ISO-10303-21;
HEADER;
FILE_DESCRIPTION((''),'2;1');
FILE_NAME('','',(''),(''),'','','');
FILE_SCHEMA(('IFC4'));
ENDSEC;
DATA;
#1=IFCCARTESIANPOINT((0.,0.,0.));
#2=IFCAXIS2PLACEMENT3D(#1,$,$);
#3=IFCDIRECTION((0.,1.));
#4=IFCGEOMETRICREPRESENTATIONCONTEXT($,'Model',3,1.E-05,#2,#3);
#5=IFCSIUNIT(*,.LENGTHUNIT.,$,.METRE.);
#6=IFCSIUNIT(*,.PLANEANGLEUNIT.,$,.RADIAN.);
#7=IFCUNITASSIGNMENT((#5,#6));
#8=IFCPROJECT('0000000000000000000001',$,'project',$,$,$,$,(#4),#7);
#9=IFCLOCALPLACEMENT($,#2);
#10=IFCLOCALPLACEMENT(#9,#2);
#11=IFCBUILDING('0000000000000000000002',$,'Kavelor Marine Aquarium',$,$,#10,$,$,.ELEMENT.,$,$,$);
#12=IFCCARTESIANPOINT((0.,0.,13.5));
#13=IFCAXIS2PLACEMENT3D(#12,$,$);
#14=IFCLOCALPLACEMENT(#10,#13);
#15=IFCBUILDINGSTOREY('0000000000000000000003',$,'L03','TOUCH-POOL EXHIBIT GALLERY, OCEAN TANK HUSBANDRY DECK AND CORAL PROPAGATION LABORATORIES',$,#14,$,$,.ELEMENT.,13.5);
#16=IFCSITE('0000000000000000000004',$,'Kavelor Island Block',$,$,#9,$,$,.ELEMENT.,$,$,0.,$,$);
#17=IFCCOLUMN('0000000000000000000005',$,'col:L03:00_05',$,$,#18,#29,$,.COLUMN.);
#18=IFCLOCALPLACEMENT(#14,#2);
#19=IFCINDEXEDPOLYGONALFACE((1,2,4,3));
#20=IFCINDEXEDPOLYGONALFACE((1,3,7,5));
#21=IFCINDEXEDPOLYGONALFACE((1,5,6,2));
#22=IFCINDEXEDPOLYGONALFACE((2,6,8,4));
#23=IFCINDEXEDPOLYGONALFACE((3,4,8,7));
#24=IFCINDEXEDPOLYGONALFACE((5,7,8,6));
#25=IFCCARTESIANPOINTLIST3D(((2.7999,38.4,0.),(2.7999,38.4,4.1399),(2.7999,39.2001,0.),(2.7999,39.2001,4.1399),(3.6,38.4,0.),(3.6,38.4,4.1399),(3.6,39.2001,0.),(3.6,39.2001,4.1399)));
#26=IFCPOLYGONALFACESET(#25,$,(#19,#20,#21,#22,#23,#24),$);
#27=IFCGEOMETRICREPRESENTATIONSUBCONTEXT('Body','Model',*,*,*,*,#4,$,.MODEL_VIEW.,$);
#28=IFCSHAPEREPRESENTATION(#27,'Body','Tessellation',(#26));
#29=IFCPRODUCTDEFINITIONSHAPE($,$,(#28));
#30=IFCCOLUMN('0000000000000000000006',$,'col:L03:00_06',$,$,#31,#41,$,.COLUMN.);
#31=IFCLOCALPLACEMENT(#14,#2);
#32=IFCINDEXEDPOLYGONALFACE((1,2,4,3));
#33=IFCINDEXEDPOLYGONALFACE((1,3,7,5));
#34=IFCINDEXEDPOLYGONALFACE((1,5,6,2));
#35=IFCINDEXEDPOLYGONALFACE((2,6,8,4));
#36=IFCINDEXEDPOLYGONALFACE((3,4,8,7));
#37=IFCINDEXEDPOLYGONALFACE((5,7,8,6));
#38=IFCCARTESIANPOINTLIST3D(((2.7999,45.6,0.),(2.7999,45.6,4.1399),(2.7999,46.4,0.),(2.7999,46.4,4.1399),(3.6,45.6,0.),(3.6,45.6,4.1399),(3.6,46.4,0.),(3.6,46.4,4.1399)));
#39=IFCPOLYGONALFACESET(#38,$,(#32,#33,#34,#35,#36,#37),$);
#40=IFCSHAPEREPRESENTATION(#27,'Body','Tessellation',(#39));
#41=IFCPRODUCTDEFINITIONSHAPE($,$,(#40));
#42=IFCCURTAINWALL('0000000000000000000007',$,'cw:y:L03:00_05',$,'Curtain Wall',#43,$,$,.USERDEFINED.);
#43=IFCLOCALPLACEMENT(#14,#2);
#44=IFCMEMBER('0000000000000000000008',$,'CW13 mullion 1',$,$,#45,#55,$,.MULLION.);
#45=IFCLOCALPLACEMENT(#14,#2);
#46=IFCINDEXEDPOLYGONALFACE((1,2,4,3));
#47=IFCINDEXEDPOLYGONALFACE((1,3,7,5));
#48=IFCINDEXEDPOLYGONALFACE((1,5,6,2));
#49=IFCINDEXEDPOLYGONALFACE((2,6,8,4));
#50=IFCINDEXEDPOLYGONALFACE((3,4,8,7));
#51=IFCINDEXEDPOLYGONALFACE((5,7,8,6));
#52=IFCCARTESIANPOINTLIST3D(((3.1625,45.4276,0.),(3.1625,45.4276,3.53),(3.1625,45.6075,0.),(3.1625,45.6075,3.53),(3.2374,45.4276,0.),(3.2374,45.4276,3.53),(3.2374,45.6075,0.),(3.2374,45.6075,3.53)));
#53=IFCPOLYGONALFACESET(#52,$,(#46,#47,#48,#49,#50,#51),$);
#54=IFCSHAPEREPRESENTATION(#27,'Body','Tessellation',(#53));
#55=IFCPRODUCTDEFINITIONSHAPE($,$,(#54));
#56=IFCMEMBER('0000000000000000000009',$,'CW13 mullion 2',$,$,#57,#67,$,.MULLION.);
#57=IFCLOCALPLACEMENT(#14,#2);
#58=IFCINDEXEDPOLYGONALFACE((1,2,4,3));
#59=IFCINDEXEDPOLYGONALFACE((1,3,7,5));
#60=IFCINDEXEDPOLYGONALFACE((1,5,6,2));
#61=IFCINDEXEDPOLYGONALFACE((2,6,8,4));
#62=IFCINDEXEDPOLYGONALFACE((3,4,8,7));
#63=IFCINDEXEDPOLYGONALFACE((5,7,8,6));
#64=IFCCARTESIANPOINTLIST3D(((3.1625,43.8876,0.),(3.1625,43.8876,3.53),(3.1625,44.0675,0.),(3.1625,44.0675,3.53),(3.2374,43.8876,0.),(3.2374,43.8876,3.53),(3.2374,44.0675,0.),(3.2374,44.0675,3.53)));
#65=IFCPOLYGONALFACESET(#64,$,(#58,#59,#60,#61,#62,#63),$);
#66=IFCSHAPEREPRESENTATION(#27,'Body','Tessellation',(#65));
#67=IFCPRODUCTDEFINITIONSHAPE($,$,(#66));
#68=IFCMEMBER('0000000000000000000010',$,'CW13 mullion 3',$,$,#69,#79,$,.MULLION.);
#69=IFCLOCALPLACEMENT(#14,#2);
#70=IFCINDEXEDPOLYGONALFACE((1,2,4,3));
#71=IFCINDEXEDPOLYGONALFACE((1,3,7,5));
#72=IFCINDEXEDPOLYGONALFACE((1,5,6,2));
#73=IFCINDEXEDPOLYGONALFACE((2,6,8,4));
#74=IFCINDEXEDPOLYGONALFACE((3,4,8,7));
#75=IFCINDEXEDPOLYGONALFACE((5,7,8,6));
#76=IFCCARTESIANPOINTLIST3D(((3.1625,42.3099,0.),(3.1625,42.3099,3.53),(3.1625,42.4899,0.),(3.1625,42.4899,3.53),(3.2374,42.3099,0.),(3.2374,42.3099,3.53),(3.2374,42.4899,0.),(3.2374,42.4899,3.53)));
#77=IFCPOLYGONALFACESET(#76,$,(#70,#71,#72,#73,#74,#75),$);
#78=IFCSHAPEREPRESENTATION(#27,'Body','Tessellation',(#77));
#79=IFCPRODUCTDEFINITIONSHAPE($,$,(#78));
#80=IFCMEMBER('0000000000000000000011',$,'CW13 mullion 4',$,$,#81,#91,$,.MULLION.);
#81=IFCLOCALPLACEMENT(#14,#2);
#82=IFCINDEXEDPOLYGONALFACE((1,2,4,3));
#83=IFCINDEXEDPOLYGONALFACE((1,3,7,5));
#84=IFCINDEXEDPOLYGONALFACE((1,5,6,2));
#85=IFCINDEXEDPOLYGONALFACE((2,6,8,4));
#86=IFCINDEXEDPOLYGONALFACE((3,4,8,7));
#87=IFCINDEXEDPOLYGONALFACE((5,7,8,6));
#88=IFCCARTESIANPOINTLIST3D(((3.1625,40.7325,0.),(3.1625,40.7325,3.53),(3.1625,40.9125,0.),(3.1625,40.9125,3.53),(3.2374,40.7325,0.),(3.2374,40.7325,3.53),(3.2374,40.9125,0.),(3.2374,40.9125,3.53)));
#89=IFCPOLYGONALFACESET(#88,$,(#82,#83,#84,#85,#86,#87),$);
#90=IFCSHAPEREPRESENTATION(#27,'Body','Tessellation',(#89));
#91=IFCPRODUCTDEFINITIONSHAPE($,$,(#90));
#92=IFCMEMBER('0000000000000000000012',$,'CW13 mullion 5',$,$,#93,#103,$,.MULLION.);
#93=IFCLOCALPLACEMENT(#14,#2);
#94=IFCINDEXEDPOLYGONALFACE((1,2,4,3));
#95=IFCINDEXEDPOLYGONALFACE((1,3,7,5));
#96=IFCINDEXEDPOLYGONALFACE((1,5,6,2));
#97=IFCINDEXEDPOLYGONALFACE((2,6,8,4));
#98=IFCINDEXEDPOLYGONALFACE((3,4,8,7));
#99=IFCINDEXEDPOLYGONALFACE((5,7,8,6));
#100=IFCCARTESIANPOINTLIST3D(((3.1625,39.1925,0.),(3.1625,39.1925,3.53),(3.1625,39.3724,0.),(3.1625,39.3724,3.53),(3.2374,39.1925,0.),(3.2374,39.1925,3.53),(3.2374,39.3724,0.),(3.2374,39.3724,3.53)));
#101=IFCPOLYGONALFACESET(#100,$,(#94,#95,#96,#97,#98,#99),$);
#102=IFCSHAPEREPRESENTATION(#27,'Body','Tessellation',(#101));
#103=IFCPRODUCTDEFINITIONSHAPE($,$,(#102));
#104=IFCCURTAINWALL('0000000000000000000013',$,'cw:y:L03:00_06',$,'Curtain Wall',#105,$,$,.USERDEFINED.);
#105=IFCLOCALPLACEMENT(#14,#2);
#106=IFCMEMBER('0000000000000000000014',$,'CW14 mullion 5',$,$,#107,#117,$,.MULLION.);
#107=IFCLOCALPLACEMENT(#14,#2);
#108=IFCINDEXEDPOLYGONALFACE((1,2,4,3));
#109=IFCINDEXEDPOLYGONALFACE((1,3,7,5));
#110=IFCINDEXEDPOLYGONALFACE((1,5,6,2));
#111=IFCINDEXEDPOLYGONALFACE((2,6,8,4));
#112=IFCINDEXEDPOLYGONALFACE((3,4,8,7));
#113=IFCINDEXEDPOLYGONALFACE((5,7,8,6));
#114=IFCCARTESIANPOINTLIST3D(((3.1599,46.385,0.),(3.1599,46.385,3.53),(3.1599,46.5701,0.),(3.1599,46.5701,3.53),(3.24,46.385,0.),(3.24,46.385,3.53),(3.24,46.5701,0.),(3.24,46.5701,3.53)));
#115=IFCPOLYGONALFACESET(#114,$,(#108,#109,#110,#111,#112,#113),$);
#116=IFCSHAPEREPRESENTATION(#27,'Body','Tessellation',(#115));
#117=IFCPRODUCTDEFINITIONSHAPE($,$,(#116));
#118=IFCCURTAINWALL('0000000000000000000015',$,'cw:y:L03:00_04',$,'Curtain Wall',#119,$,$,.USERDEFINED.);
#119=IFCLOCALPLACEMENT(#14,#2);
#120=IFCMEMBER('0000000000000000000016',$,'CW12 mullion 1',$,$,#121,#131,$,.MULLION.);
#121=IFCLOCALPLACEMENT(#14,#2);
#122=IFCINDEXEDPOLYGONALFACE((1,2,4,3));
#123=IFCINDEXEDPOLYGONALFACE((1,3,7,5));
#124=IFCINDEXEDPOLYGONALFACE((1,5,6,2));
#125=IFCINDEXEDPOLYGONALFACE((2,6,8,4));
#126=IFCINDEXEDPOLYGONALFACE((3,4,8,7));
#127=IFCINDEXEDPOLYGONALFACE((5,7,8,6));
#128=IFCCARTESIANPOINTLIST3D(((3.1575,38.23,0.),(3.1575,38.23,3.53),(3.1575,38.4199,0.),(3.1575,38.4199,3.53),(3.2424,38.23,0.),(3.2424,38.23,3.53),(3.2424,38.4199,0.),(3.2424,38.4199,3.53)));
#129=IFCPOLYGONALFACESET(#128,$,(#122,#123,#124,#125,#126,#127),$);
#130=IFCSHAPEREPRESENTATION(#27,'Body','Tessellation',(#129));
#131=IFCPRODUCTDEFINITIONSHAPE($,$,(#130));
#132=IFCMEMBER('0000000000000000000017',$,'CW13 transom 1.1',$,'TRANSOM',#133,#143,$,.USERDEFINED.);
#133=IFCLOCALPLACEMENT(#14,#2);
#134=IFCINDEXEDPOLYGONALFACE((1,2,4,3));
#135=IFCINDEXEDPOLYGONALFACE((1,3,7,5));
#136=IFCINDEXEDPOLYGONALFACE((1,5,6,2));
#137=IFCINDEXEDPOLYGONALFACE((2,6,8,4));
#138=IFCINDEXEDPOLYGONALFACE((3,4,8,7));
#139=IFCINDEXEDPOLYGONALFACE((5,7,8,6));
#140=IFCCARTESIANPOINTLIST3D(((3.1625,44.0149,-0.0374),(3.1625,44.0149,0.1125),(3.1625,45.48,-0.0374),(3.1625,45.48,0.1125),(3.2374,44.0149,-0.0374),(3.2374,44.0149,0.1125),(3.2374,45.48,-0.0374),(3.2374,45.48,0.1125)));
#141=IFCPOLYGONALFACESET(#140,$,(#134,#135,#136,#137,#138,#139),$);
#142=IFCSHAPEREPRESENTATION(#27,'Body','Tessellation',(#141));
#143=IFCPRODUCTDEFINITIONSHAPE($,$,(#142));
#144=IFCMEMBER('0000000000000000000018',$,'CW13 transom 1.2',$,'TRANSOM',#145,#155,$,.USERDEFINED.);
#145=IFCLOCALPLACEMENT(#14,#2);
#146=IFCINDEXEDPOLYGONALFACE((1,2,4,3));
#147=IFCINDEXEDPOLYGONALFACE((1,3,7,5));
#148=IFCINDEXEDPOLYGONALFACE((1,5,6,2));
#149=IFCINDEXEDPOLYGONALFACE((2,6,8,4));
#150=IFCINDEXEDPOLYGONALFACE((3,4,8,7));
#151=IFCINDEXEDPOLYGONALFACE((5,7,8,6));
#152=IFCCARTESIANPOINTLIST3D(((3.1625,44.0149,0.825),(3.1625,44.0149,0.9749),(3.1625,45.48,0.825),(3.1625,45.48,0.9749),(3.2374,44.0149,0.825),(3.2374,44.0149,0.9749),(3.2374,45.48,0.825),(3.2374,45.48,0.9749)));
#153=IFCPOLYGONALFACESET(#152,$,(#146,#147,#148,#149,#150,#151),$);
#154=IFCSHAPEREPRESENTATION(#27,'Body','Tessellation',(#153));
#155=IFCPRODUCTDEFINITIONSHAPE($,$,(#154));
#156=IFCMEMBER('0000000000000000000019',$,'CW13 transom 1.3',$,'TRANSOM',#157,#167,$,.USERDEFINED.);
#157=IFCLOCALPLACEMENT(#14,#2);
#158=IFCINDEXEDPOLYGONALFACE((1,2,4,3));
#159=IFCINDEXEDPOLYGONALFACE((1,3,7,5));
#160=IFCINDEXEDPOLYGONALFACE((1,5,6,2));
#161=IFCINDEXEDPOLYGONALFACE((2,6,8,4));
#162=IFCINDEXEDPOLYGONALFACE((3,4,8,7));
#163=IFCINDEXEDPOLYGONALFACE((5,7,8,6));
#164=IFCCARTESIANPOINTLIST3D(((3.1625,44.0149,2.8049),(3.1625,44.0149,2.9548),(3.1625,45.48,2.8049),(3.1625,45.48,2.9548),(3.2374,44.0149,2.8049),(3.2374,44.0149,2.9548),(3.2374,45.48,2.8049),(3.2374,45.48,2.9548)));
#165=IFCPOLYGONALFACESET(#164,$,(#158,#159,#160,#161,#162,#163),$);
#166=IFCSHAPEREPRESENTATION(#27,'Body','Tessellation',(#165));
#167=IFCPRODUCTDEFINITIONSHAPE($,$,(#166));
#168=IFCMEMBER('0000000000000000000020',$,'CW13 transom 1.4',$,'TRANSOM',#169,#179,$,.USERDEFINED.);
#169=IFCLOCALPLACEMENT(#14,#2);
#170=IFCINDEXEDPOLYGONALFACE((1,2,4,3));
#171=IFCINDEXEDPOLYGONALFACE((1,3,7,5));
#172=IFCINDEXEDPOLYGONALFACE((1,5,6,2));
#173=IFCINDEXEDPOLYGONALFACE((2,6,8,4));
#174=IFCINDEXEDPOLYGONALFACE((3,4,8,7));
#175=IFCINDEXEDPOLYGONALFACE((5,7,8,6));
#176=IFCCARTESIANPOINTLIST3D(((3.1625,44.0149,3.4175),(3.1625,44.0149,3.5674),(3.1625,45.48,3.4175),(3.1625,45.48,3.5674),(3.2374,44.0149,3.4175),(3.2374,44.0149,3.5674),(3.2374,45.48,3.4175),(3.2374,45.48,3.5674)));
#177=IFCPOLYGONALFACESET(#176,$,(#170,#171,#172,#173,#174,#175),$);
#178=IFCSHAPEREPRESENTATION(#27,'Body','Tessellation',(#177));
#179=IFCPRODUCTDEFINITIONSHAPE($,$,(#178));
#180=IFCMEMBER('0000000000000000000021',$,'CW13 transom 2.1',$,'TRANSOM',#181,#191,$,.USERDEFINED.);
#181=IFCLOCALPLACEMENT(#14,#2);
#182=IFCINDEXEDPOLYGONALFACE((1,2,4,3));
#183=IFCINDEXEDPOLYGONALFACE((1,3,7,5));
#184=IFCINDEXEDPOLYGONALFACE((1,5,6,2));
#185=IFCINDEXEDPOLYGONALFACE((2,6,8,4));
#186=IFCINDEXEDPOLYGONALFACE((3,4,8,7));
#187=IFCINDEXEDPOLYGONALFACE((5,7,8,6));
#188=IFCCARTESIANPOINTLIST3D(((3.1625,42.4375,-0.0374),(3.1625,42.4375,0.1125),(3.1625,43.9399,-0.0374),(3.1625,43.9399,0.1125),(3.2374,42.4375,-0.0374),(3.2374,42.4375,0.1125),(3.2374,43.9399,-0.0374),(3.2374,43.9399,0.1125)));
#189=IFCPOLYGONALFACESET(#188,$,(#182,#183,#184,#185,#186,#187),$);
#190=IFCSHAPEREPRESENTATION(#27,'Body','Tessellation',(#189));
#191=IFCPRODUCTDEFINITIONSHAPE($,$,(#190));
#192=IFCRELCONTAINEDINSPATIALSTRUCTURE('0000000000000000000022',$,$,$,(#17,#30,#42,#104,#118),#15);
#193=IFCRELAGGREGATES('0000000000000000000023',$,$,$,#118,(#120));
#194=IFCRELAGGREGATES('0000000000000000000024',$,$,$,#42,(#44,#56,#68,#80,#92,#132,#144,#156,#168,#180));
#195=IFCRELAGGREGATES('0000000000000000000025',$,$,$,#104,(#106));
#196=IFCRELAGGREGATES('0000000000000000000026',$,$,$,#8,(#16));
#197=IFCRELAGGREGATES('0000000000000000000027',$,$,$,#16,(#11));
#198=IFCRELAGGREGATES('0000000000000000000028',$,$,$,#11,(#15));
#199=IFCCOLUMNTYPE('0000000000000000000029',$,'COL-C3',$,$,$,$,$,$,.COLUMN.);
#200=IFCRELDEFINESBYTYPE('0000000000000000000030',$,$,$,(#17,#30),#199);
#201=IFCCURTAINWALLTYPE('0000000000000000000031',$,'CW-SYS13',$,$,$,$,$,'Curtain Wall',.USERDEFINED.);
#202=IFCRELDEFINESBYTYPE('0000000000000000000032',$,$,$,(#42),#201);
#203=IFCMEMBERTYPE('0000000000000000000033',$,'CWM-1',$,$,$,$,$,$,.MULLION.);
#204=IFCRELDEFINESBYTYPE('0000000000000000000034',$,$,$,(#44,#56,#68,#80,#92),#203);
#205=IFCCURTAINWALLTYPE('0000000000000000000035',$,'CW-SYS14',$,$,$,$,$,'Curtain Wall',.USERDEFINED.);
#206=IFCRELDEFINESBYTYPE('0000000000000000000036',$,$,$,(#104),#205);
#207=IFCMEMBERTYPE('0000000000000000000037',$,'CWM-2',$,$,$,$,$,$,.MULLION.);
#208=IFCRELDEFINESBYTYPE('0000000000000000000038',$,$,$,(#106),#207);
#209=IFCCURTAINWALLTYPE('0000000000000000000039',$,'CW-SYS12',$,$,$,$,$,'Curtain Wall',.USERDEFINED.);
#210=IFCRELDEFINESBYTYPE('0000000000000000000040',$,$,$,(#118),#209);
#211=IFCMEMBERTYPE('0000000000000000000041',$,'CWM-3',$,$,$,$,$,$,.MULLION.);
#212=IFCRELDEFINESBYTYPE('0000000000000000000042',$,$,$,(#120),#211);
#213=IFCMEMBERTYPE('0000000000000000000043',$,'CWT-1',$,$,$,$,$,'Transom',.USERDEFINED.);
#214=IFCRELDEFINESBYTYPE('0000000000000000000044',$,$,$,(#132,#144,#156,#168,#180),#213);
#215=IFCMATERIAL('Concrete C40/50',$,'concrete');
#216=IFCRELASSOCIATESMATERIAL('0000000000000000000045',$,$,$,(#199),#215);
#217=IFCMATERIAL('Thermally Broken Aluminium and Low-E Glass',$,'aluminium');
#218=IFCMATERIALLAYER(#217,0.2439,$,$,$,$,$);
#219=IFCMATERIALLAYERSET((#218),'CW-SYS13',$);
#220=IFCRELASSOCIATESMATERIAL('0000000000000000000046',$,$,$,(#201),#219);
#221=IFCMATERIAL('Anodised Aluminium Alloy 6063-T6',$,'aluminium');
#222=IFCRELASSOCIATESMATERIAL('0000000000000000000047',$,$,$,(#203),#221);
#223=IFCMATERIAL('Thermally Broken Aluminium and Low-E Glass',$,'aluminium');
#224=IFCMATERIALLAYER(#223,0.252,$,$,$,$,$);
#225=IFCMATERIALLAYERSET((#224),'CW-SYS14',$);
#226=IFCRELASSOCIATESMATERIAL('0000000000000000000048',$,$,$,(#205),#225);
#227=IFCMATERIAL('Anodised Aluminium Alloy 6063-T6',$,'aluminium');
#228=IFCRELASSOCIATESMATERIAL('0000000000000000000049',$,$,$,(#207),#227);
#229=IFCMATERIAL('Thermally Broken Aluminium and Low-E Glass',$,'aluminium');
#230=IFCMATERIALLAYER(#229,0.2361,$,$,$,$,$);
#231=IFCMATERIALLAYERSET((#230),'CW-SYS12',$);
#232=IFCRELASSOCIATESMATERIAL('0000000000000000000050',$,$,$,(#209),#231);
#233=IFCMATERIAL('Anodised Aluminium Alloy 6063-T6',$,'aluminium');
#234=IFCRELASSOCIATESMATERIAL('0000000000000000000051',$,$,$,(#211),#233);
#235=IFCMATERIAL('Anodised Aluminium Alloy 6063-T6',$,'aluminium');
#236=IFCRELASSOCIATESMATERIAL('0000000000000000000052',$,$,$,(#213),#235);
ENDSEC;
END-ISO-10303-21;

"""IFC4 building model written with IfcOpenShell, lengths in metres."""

from ifc_helpers import new_model, si_unit, direction, frame, origin, origin_2d, place, context, subcontext, project, spatial, rectangle, extrude, material, layer, layer_set, material_profile, profile_set, type_object, element, aggregate, save


model = new_model("IFC4")

# Units and contexts
model_context = context("Model", 3, precision=1e-05, world=origin(), true_north=direction((0.0, 1.0)))
body_context = subcontext(model_context, "Body", "Model", "MODEL_VIEW")
ifc_project = project(units=[si_unit("LENGTHUNIT", "METRE"), si_unit("PLANEANGLEUNIT", "RADIAN")], contexts=[model_context])

# Site, building, storey
site_placement = place(None, origin())
site = spatial("IfcSite", under=ifc_project, at=site_placement, Name="Kavelor Island Block", CompositionType="ELEMENT", RefElevation=0.0)
building_placement = place(site_placement, origin())
building = spatial("IfcBuilding", under=site, at=building_placement, Name="Kavelor Marine Aquarium", CompositionType="ELEMENT")
storey_placement = place(building_placement, frame((0.0, 0.0, 13.5)))
storey = spatial("IfcBuildingStorey", under=building, at=storey_placement, Name="L03", Description="TOUCH-POOL EXHIBIT GALLERY, OCEAN TANK HUSBANDRY DECK AND CORAL PROPAGATION LABORATORIES", CompositionType="ELEMENT", Elevation=13.5)

# Columns
ifc_material_1 = material(Name="Concrete C40/50", Category="concrete")
ifc_material_profile_1 = material_profile(ifc_material_1, rectangle(XDim=0.8, YDim=0.8, at=origin_2d()), Name="RC-COL 800x800")
ifc_profile_set_1 = profile_set([ifc_material_profile_1], Name="Concrete C40/50")
column_type = type_object("IfcColumnType", Name="COL-C3", PredefinedType="COLUMN", material=ifc_profile_set_1)
for number, where, z_axis, x_axis, name in (
    (1, (3.2, 38.8, 0.0), (0.0, 0.0, 1.0), (1.0, 0.0, 0.0), "col:L03:00_05"),
    (2, (3.2, 46.0, 0.0), (0.0, 0.0, 1.0), (1.0, 0.0, 0.0), "col:L03:00_06"),
):
    element("IfcColumn", number, at=place(storey_placement, frame(where, z_axis=z_axis, x_axis=x_axis)), inside=storey, type_object=column_type, Name=name, PredefinedType="COLUMN", context=body_context, shape_type="SweptSolid", body=[
        extrude(rectangle(XDim=0.8, YDim=0.8, at=origin_2d()), origin(), (0.0, 0.0, 1.0), 4.1399),
    ])

# Curtain wall, members
ifc_material_2 = material(Name="Thermally Broken Aluminium and Low-E Glass", Category="aluminium")
ifc_layer_1 = layer(ifc_material_2, 0.2439)
ifc_layer_set_1 = layer_set([ifc_layer_1], Name="CW-SYS13")
curtain_wall_type_1 = type_object("IfcCurtainWallType", Name="CW-SYS13", ElementType="Curtain Wall", PredefinedType="USERDEFINED", material=ifc_layer_set_1)
curtain_wall_1_placement = place(storey_placement, origin())
curtain_wall_1 = element("IfcCurtainWall", 3, at=curtain_wall_1_placement, inside=storey, type_object=curtain_wall_type_1, Name="cw:y:L03:00_05", ObjectType="Curtain Wall", PredefinedType="USERDEFINED")
ifc_material_3 = material(Name="Anodised Aluminium Alloy 6063-T6", Category="aluminium")
ifc_material_profile_2 = material_profile(ifc_material_3, rectangle(XDim=0.075, YDim=0.1799, at=origin_2d()), Name="CW-MUL 75x180")
ifc_profile_set_2 = profile_set([ifc_material_profile_2], Name="Anodised Aluminium Alloy 6063-T6")
member_type_1 = type_object("IfcMemberType", Name="CWM-1", PredefinedType="MULLION", material=ifc_profile_set_2)
member_1_placement = place(storey_placement, frame((3.2, 45.5176, 0.0), z_axis=(0.0, 0.0, 1.0), x_axis=(1.0, 0.0, 0.0)))
member_1 = element("IfcMember", 4, at=member_1_placement, type_object=member_type_1, Name="CW13 mullion 1", PredefinedType="MULLION", context=body_context, shape_type="SweptSolid", body=[
    extrude(rectangle(XDim=0.075, YDim=0.1799, at=origin_2d()), origin(), (0.0, 0.0, 1.0), 3.53),
])
member_2_placement = place(storey_placement, frame((3.2, 43.9775, 0.0), z_axis=(0.0, 0.0, 1.0), x_axis=(1.0, 0.0, 0.0)))
member_2 = element("IfcMember", 5, at=member_2_placement, type_object=member_type_1, Name="CW13 mullion 2", PredefinedType="MULLION", context=body_context, shape_type="SweptSolid", body=[
    extrude(rectangle(XDim=0.075, YDim=0.1799, at=origin_2d()), origin(), (0.0, 0.0, 1.0), 3.53),
])
member_3_placement = place(storey_placement, frame((3.2, 42.3999, 0.0), z_axis=(0.0, 0.0, 1.0), x_axis=(1.0, 0.0, 0.0)))
member_3 = element("IfcMember", 6, at=member_3_placement, type_object=member_type_1, Name="CW13 mullion 3", PredefinedType="MULLION", context=body_context, shape_type="SweptSolid", body=[
    extrude(rectangle(XDim=0.075, YDim=0.1799, at=origin_2d()), origin(), (0.0, 0.0, 1.0), 3.53),
])
member_4_placement = place(storey_placement, frame((3.2, 40.8225, 0.0), z_axis=(0.0, 0.0, 1.0), x_axis=(1.0, 0.0, 0.0)))
member_4 = element("IfcMember", 7, at=member_4_placement, type_object=member_type_1, Name="CW13 mullion 4", PredefinedType="MULLION", context=body_context, shape_type="SweptSolid", body=[
    extrude(rectangle(XDim=0.075, YDim=0.1799, at=origin_2d()), origin(), (0.0, 0.0, 1.0), 3.53),
])
member_5_placement = place(storey_placement, frame((3.2, 39.2825, 0.0), z_axis=(0.0, 0.0, 1.0), x_axis=(1.0, 0.0, 0.0)))
member_5 = element("IfcMember", 8, at=member_5_placement, type_object=member_type_1, Name="CW13 mullion 5", PredefinedType="MULLION", context=body_context, shape_type="SweptSolid", body=[
    extrude(rectangle(XDim=0.075, YDim=0.1799, at=origin_2d()), origin(), (0.0, 0.0, 1.0), 3.53),
])

# Curtain walls, members
ifc_material_4 = material(Name="Thermally Broken Aluminium and Low-E Glass", Category="aluminium")
ifc_layer_2 = layer(ifc_material_4, 0.252)
ifc_layer_set_2 = layer_set([ifc_layer_2], Name="CW-SYS14")
curtain_wall_type_2 = type_object("IfcCurtainWallType", Name="CW-SYS14", ElementType="Curtain Wall", PredefinedType="USERDEFINED", material=ifc_layer_set_2)
curtain_wall_2_placement = place(storey_placement, origin())
curtain_wall_2 = element("IfcCurtainWall", 9, at=curtain_wall_2_placement, inside=storey, type_object=curtain_wall_type_2, Name="cw:y:L03:00_06", ObjectType="Curtain Wall", PredefinedType="USERDEFINED")
ifc_material_5 = material(Name="Anodised Aluminium Alloy 6063-T6", Category="aluminium")
ifc_material_profile_3 = material_profile(ifc_material_5, rectangle(XDim=0.0801, YDim=0.1851, at=origin_2d()), Name="CW-MUL 80x185")
ifc_profile_set_3 = profile_set([ifc_material_profile_3], Name="Anodised Aluminium Alloy 6063-T6")
member_type_2 = type_object("IfcMemberType", Name="CWM-2", PredefinedType="MULLION", material=ifc_profile_set_3)
member_6_placement = place(storey_placement, frame((3.2, 46.4775, 0.0), z_axis=(0.0, 0.0, 1.0), x_axis=(1.0, 0.0, 0.0)))
member_6 = element("IfcMember", 10, at=member_6_placement, type_object=member_type_2, Name="CW14 mullion 5", PredefinedType="MULLION", context=body_context, shape_type="SweptSolid", body=[
    extrude(rectangle(XDim=0.0801, YDim=0.1851, at=origin_2d()), origin(), (0.0, 0.0, 1.0), 3.53),
])
ifc_material_6 = material(Name="Thermally Broken Aluminium and Low-E Glass", Category="aluminium")
ifc_layer_3 = layer(ifc_material_6, 0.2361)
ifc_layer_set_3 = layer_set([ifc_layer_3], Name="CW-SYS12")
curtain_wall_type_3 = type_object("IfcCurtainWallType", Name="CW-SYS12", ElementType="Curtain Wall", PredefinedType="USERDEFINED", material=ifc_layer_set_3)
curtain_wall_3_placement = place(storey_placement, origin())
curtain_wall_3 = element("IfcCurtainWall", 11, at=curtain_wall_3_placement, inside=storey, type_object=curtain_wall_type_3, Name="cw:y:L03:00_04", ObjectType="Curtain Wall", PredefinedType="USERDEFINED")
ifc_material_7 = material(Name="Anodised Aluminium Alloy 6063-T6", Category="aluminium")
ifc_material_profile_4 = material_profile(ifc_material_7, rectangle(XDim=0.085, YDim=0.1899, at=origin_2d()), Name="CW-MUL 85x190")
ifc_profile_set_4 = profile_set([ifc_material_profile_4], Name="Anodised Aluminium Alloy 6063-T6")
member_type_3 = type_object("IfcMemberType", Name="CWM-3", PredefinedType="MULLION", material=ifc_profile_set_4)
member_7_placement = place(storey_placement, frame((3.2, 38.325, 0.0), z_axis=(0.0, 0.0, 1.0), x_axis=(1.0, 0.0, 0.0)))
member_7 = element("IfcMember", 12, at=member_7_placement, type_object=member_type_3, Name="CW12 mullion 1", PredefinedType="MULLION", context=body_context, shape_type="SweptSolid", body=[
    extrude(rectangle(XDim=0.085, YDim=0.1899, at=origin_2d()), origin(), (0.0, 0.0, 1.0), 3.53),
])
aggregate(curtain_wall_3, [member_7])

# Members
ifc_material_8 = material(Name="Anodised Aluminium Alloy 6063-T6", Category="aluminium")
ifc_material_profile_5 = material_profile(ifc_material_8, rectangle(XDim=0.075, YDim=0.1499, at=origin_2d()), Name="CW-TRN 75x150")
ifc_profile_set_5 = profile_set([ifc_material_profile_5], Name="Anodised Aluminium Alloy 6063-T6")
member_type_4 = type_object("IfcMemberType", Name="CWT-1", ElementType="Transom", PredefinedType="USERDEFINED", material=ifc_profile_set_5)
member_8_placement = place(storey_placement, frame((3.2, 45.48, 0.0376), z_axis=(0.0, -1.0, 0.0), x_axis=(1.0, 0.0, 0.0)))
member_8 = element("IfcMember", 13, at=member_8_placement, type_object=member_type_4, Name="CW13 transom 1.1", ObjectType="TRANSOM", PredefinedType="USERDEFINED", context=body_context, shape_type="SweptSolid", body=[
    extrude(rectangle(XDim=0.075, YDim=0.1499, at=origin_2d()), origin(), (0.0, 0.0, 1.0), 1.4651),
])
member_9_placement = place(storey_placement, frame((3.2, 45.48, 0.8999), z_axis=(0.0, -1.0, 0.0), x_axis=(1.0, 0.0, 0.0)))
member_9 = element("IfcMember", 14, at=member_9_placement, type_object=member_type_4, Name="CW13 transom 1.2", ObjectType="TRANSOM", PredefinedType="USERDEFINED", context=body_context, shape_type="SweptSolid", body=[
    extrude(rectangle(XDim=0.075, YDim=0.1499, at=origin_2d()), origin(), (0.0, 0.0, 1.0), 1.4651),
])
member_10_placement = place(storey_placement, frame((3.2, 45.48, 2.8799), z_axis=(0.0, -1.0, 0.0), x_axis=(1.0, 0.0, 0.0)))
member_10 = element("IfcMember", 15, at=member_10_placement, type_object=member_type_4, Name="CW13 transom 1.3", ObjectType="TRANSOM", PredefinedType="USERDEFINED", context=body_context, shape_type="SweptSolid", body=[
    extrude(rectangle(XDim=0.075, YDim=0.1499, at=origin_2d()), origin(), (0.0, 0.0, 1.0), 1.4651),
])
member_11_placement = place(storey_placement, frame((3.2, 45.48, 3.4924), z_axis=(0.0, -1.0, 0.0), x_axis=(1.0, 0.0, 0.0)))
member_11 = element("IfcMember", 16, at=member_11_placement, type_object=member_type_4, Name="CW13 transom 1.4", ObjectType="TRANSOM", PredefinedType="USERDEFINED", context=body_context, shape_type="SweptSolid", body=[
    extrude(rectangle(XDim=0.075, YDim=0.1499, at=origin_2d()), origin(), (0.0, 0.0, 1.0), 1.4651),
])
member_12_placement = place(storey_placement, frame((3.2, 43.9399, 0.0376), z_axis=(0.0, -1.0, 0.0), x_axis=(1.0, 0.0, 0.0)))
member_12 = element("IfcMember", 17, at=member_12_placement, type_object=member_type_4, Name="CW13 transom 2.1", ObjectType="TRANSOM", PredefinedType="USERDEFINED", context=body_context, shape_type="SweptSolid", body=[
    extrude(rectangle(XDim=0.075, YDim=0.1499, at=origin_2d()), origin(), (0.0, 0.0, 1.0), 1.5024),
])

aggregate(curtain_wall_1, [member_1, member_2, member_3, member_4, member_5, member_8, member_9, member_10, member_11, member_12])
aggregate(curtain_wall_2, [member_6])

save(model, "model.ifc")
